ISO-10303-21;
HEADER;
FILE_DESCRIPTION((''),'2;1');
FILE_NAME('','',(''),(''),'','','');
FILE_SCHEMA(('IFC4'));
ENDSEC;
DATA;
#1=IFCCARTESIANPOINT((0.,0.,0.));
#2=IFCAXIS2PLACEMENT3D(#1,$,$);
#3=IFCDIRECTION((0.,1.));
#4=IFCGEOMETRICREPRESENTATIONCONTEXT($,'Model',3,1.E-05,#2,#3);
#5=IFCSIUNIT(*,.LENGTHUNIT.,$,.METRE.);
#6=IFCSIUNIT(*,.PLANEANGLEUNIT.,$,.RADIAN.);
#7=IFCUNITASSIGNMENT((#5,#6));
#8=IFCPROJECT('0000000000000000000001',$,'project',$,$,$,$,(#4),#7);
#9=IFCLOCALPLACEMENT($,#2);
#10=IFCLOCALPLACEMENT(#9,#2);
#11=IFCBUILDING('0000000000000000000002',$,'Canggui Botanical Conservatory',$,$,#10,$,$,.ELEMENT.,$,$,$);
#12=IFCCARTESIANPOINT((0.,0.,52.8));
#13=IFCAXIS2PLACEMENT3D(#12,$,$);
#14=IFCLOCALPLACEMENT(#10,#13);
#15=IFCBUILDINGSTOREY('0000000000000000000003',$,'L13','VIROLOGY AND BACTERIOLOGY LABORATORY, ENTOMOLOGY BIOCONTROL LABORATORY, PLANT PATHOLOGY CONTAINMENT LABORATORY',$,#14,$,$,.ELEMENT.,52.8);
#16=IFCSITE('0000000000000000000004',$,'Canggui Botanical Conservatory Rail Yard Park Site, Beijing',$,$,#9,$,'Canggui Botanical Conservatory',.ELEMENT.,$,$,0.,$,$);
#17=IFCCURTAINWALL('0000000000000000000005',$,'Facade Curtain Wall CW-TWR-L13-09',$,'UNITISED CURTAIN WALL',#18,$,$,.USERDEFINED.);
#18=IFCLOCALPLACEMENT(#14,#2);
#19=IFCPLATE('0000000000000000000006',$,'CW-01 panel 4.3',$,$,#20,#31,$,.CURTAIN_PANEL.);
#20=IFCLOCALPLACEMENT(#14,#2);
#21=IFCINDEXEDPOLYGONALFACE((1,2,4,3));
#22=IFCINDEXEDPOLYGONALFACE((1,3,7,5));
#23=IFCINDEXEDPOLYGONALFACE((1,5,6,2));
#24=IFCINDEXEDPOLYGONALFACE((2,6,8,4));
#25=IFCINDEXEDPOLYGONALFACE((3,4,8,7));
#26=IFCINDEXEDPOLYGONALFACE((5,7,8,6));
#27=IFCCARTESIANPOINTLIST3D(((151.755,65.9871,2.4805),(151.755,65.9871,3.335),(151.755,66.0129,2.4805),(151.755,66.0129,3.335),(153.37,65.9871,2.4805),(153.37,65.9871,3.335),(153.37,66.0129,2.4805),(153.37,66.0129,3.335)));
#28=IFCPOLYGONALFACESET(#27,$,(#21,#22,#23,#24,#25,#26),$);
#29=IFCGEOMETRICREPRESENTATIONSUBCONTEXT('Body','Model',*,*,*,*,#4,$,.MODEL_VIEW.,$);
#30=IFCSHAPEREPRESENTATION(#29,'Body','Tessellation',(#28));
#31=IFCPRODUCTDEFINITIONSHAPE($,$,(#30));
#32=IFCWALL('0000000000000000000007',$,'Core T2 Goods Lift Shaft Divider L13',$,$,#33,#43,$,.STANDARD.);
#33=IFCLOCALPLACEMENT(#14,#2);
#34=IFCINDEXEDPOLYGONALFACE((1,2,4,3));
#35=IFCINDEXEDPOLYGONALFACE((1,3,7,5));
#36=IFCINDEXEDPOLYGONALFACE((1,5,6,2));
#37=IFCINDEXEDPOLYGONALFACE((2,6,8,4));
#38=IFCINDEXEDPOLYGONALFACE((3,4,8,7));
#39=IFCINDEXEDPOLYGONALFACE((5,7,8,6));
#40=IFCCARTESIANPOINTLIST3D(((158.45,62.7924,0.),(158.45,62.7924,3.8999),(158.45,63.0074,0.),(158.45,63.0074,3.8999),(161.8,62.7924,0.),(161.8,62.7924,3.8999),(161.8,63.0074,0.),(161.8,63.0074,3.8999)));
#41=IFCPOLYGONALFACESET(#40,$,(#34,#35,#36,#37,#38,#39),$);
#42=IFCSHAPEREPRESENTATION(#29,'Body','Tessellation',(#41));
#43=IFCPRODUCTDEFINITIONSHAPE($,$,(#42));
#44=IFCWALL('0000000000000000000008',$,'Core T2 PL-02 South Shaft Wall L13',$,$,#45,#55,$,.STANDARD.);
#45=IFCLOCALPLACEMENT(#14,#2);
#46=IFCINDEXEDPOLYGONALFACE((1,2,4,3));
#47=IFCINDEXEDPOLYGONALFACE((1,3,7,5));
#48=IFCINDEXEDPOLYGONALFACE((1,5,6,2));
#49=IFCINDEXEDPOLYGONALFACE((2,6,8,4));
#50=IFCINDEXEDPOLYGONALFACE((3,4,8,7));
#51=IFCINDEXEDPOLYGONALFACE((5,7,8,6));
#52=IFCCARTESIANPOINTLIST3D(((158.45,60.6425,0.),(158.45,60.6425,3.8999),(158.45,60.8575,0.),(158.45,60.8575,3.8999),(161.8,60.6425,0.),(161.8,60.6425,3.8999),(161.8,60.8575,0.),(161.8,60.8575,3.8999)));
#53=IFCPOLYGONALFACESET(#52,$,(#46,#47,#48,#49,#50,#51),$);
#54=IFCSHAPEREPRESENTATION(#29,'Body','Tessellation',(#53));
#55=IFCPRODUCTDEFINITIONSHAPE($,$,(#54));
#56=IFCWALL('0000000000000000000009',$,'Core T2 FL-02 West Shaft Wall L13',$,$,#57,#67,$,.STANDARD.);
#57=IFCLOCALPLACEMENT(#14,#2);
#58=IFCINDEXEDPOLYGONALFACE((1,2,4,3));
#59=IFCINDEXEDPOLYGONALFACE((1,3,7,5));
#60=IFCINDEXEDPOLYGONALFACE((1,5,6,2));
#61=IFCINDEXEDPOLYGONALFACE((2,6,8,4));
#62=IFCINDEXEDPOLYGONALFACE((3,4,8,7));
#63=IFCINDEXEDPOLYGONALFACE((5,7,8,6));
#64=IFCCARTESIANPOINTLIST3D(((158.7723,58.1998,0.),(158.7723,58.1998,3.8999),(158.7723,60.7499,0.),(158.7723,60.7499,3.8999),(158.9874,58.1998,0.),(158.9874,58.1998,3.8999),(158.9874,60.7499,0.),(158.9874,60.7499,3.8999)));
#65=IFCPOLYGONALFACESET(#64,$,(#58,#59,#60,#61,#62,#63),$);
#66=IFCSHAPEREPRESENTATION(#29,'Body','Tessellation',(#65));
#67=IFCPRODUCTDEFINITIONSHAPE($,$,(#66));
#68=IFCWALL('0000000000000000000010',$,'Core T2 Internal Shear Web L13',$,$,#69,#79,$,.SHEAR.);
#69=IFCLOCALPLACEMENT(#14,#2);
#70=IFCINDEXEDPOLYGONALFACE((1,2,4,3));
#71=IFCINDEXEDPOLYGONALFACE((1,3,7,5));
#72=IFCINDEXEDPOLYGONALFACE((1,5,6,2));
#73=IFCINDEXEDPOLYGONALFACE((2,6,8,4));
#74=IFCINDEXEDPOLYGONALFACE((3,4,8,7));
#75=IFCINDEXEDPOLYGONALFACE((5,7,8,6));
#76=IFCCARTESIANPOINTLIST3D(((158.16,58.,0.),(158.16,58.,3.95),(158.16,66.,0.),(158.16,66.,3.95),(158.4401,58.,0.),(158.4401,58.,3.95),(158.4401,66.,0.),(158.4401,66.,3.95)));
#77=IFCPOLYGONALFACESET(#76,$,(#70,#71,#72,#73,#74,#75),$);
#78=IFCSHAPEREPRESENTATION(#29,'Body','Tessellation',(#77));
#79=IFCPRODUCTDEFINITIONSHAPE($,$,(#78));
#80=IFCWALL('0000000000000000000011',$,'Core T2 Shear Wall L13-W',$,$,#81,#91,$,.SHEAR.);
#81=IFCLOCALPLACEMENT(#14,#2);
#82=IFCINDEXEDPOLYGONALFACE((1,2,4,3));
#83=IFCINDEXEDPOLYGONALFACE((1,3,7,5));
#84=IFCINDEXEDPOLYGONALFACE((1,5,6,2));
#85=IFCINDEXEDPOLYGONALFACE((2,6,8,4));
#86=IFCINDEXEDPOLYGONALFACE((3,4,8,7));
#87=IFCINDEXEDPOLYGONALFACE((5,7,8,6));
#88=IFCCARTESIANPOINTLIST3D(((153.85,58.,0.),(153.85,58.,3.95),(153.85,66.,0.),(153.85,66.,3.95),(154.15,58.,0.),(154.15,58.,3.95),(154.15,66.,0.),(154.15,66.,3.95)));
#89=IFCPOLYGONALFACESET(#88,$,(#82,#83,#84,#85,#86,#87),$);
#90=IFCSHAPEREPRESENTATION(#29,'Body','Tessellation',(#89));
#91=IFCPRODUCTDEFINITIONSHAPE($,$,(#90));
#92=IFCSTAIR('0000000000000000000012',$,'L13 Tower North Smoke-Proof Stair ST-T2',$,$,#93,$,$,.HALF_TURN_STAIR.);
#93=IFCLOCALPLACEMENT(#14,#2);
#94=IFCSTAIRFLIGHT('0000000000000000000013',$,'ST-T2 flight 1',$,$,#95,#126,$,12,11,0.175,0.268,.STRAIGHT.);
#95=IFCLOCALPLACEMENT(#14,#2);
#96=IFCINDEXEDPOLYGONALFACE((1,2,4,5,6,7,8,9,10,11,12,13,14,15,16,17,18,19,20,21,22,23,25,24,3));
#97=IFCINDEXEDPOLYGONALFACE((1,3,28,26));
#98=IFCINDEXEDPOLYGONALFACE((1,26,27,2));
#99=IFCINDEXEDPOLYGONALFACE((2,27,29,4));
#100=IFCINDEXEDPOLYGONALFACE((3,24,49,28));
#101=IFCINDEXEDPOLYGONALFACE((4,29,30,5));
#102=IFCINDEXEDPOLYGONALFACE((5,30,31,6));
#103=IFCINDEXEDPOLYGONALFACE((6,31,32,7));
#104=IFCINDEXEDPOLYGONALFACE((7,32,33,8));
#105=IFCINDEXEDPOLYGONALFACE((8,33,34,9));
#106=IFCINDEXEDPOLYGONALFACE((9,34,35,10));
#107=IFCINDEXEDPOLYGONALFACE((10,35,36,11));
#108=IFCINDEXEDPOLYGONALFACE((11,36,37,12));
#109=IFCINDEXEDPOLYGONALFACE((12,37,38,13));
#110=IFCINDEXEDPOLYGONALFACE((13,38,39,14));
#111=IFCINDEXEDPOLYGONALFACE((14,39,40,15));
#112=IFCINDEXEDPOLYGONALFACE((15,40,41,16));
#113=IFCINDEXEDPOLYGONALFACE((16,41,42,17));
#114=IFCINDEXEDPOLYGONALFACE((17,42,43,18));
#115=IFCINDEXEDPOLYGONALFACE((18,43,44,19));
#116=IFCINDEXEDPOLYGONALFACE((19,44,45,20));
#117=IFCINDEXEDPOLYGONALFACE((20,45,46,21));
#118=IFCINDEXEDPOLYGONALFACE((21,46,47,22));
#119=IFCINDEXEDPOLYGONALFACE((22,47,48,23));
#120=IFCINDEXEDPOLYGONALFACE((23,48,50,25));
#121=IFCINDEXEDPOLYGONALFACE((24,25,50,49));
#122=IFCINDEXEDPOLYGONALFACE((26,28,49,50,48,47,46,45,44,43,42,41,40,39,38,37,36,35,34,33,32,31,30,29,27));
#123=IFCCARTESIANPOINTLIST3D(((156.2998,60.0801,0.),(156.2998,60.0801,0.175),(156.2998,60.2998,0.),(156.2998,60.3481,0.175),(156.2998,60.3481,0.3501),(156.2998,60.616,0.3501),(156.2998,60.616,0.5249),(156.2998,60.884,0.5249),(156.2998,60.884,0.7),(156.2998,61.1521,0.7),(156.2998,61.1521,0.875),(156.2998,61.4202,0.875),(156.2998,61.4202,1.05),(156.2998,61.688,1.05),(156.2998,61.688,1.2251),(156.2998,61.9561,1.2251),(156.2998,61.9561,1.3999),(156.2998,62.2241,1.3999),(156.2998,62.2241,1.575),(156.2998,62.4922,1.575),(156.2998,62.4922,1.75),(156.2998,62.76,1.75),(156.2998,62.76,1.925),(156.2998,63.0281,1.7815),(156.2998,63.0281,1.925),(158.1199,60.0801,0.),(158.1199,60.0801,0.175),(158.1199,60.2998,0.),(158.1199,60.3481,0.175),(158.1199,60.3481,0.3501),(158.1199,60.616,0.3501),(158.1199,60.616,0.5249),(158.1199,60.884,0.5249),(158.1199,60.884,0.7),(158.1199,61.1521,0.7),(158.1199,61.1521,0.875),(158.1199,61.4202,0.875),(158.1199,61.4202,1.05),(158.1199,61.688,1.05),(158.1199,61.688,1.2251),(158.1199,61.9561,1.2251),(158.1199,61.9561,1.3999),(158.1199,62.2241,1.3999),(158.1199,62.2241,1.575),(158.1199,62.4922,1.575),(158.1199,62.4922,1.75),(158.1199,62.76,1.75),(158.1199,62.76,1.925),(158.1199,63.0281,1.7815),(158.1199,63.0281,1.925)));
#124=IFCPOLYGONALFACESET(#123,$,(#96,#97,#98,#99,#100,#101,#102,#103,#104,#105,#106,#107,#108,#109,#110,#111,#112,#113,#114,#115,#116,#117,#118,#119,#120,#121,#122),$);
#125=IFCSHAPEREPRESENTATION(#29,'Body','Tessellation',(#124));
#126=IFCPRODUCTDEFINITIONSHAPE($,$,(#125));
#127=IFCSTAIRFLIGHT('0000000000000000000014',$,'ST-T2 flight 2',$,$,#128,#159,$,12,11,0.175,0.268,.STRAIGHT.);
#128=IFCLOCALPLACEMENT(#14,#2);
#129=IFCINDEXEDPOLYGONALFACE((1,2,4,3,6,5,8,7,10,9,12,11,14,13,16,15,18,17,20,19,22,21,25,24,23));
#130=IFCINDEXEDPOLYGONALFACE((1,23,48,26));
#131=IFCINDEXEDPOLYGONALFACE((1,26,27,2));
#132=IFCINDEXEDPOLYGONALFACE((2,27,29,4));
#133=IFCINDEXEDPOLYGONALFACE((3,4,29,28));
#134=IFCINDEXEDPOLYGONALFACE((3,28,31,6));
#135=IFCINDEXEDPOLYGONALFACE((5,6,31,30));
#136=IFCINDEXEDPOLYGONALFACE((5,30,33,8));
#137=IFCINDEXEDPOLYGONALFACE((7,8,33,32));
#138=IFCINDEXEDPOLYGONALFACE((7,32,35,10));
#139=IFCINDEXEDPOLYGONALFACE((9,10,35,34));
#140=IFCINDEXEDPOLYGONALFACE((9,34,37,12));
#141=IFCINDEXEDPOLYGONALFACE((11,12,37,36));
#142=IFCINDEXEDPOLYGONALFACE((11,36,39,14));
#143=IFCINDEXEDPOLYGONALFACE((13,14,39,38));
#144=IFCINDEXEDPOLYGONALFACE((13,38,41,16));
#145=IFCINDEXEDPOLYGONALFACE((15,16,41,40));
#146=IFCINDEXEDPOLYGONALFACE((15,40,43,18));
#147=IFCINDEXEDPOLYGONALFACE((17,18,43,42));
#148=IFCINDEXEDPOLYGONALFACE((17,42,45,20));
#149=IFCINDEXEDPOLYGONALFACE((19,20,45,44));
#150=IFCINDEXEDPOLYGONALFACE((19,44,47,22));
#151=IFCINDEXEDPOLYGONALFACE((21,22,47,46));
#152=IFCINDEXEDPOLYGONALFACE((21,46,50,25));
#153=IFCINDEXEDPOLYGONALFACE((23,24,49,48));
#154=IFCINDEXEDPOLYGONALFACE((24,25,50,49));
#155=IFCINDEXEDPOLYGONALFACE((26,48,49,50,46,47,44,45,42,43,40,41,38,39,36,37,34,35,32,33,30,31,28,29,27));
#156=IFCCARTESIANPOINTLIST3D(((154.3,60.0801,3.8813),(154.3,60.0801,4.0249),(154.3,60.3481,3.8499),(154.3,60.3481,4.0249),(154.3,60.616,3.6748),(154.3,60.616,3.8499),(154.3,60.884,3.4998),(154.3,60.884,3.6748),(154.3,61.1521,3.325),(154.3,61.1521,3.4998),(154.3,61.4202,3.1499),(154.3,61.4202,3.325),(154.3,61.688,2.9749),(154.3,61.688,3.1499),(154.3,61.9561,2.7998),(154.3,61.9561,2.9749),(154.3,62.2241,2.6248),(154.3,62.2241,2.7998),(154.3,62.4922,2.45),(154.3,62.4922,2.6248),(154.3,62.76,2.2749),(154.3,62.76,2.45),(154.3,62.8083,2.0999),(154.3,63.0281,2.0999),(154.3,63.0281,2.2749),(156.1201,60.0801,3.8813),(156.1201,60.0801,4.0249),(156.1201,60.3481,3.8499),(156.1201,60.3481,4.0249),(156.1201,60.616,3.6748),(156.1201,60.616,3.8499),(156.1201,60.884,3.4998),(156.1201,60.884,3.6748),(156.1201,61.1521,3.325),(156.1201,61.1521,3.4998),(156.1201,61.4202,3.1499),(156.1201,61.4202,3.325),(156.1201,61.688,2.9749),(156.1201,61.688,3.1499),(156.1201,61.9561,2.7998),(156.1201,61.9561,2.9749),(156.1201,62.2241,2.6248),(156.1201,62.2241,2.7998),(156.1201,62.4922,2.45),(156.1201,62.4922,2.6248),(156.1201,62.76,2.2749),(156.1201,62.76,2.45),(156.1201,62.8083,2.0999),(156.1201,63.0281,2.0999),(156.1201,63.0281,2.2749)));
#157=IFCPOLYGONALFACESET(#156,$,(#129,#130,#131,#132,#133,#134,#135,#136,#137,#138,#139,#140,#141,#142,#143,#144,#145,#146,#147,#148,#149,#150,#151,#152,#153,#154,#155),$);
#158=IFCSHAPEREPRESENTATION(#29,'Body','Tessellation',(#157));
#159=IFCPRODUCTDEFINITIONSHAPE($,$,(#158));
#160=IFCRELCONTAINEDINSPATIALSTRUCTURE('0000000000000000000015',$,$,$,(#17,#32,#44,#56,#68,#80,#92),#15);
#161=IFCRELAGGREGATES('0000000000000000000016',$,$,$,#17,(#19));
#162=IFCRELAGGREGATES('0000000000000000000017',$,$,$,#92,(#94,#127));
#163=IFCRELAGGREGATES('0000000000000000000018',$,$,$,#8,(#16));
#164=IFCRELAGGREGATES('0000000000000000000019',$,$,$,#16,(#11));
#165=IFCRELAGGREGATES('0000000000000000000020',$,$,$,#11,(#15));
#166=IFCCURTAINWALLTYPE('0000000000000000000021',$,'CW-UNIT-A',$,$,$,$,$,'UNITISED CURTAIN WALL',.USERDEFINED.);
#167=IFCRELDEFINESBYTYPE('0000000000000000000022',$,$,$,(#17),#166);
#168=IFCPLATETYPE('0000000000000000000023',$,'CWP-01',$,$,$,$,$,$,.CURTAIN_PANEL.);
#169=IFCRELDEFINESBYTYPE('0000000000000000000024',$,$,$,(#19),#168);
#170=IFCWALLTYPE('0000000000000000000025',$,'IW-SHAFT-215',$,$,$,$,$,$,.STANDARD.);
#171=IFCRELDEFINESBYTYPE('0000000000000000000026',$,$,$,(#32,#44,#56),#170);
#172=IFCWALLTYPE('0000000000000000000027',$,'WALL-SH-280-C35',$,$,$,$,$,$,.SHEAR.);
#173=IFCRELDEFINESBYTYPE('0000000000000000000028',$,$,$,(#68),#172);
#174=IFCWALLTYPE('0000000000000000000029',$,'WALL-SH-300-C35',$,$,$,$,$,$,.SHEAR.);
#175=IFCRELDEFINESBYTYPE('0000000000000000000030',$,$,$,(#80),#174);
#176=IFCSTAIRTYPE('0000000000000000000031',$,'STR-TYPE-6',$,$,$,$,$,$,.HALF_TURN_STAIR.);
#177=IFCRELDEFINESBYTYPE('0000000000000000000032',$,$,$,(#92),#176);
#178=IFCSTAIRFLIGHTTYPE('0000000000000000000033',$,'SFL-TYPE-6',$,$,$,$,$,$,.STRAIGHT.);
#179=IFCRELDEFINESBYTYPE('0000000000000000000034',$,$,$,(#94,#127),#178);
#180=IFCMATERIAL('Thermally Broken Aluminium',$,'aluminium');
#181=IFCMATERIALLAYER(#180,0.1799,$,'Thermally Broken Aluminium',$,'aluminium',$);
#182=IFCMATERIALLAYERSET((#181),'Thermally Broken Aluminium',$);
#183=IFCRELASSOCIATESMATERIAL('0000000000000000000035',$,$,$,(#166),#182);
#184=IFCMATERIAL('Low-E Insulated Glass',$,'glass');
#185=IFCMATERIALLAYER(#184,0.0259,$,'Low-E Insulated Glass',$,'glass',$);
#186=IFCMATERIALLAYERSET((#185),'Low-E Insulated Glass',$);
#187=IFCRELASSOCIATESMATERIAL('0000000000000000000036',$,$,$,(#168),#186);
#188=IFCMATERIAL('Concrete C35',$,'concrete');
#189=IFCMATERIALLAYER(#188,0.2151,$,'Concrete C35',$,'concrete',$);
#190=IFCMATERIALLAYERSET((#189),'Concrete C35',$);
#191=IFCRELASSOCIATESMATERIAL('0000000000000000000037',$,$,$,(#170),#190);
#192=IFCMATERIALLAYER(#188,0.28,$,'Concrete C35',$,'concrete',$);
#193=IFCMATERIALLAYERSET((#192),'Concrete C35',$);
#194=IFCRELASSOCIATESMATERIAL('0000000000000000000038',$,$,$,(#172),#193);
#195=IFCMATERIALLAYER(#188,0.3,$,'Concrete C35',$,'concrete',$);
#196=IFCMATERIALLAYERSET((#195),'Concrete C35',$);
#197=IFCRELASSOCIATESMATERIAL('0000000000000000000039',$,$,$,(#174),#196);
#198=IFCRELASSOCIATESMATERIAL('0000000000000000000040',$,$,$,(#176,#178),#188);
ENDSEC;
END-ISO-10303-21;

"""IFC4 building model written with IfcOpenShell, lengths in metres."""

from ifc_helpers import new_model, si_unit, direction, frame, frame_2d, origin, origin_2d, place, context, subcontext, project, spatial, polyline, rectangle, outline, extrude, material, layer, layer_set, type_object, element, aggregate, save


model = new_model("IFC4")

# Units and contexts
model_context = context("Model", 3, precision=1e-05, world=origin(), true_north=direction((0.0, 1.0)))
body_context = subcontext(model_context, "Body", "Model", "MODEL_VIEW")
ifc_project = project(units=[si_unit("LENGTHUNIT", "METRE"), si_unit("PLANEANGLEUNIT", "RADIAN")], contexts=[model_context])

# Site, building, storey
site_placement = place(None, origin())
site = spatial("IfcSite", under=ifc_project, at=site_placement, Name="Canggui Botanical Conservatory Rail Yard Park Site, Beijing", LongName="Canggui Botanical Conservatory", CompositionType="ELEMENT", RefElevation=0.0)
building_placement = place(site_placement, origin())
building = spatial("IfcBuilding", under=site, at=building_placement, Name="Canggui Botanical Conservatory", CompositionType="ELEMENT")
storey_placement = place(building_placement, frame((0.0, 0.0, 52.8)))
storey = spatial("IfcBuildingStorey", under=building, at=storey_placement, Name="L13", Description="VIROLOGY AND BACTERIOLOGY LABORATORY, ENTOMOLOGY BIOCONTROL LABORATORY, PLANT PATHOLOGY CONTAINMENT LABORATORY", CompositionType="ELEMENT", Elevation=52.8)

# Shared definitions
ifc_material_1 = material(Name="Concrete C35", Category="concrete")

# Curtain wall, plate
ifc_material_2 = material(Name="Thermally Broken Aluminium", Category="aluminium")
ifc_layer_1 = layer(ifc_material_2, 0.1799, Name="Thermally Broken Aluminium", Category="aluminium")
ifc_layer_set_1 = layer_set([ifc_layer_1], Name="Thermally Broken Aluminium")
curtain_wall_type = type_object("IfcCurtainWallType", Name="CW-UNIT-A", ElementType="UNITISED CURTAIN WALL", PredefinedType="USERDEFINED", material=ifc_layer_set_1)
curtain_wall_placement = place(storey_placement, origin())
curtain_wall = element("IfcCurtainWall", 1, at=curtain_wall_placement, inside=storey, type_object=curtain_wall_type, Name="Facade Curtain Wall CW-TWR-L13-09", ObjectType="UNITISED CURTAIN WALL", PredefinedType="USERDEFINED")
ifc_material_3 = material(Name="Low-E Insulated Glass", Category="glass")
ifc_layer_2 = layer(ifc_material_3, 0.0259, Name="Low-E Insulated Glass", Category="glass")
ifc_layer_set_2 = layer_set([ifc_layer_2], Name="Low-E Insulated Glass")
plate_type = type_object("IfcPlateType", Name="CWP-01", PredefinedType="CURTAIN_PANEL", material=ifc_layer_set_2)
plate_1_placement = place(storey_placement, frame((152.5625, 66.0, 2.4805), z_axis=(0.0, 0.0, 1.0), x_axis=(1.0, 0.0, 0.0)))
plate_1 = element("IfcPlate", 2, at=plate_1_placement, type_object=plate_type, Name="CW-01 panel 4.3", PredefinedType="CURTAIN_PANEL", context=body_context, shape_type="SweptSolid", body=[
    extrude(rectangle(XDim=1.615, YDim=0.0259, at=origin_2d()), origin(), (0.0, 0.0, 1.0), 0.8545),
])
aggregate(curtain_wall, [plate_1])

# Walls
ifc_layer_3 = layer(ifc_material_1, 0.2151, Name="Concrete C35", Category="concrete")
ifc_layer_set_3 = layer_set([ifc_layer_3], Name="Concrete C35")
wall_type_1 = type_object("IfcWallType", Name="IW-SHAFT-215", PredefinedType="STANDARD", material=ifc_layer_set_3)
for number, where, z_axis, x_axis, name in (
    (3, (158.45, 62.8999, 0.0), (0.0, 0.0, 1.0), (1.0, 0.0, 0.0), "Core T2 Goods Lift Shaft Divider L13"),
    (4, (158.45, 60.75, 0.0), (0.0, 0.0, 1.0), (1.0, 0.0, 0.0), "Core T2 PL-02 South Shaft Wall L13"),
):
    element("IfcWall", number, at=place(storey_placement, frame(where, z_axis=z_axis, x_axis=x_axis)), inside=storey, type_object=wall_type_1, Name=name, PredefinedType="STANDARD", context=body_context, shape_type="SweptSolid", body=[
        extrude(rectangle(XDim=3.3501, YDim=0.2151, at=frame_2d((1.675, 0.0))), origin(), (0.0, 0.0, 1.0), 3.8999),
    ])
wall_1_placement = place(storey_placement, frame((158.8799, 58.2, 0.0), z_axis=(0.0, 0.0, 1.0), x_axis=(0.0, 1.0, 0.0)))
element("IfcWall", 5, at=wall_1_placement, inside=storey, type_object=wall_type_1, Name="Core T2 FL-02 West Shaft Wall L13", PredefinedType="STANDARD", context=body_context, shape_type="SweptSolid", body=[
    extrude(rectangle(XDim=2.55, YDim=0.2151, at=frame_2d((1.2749, 0.0))), origin(), (0.0, 0.0, 1.0), 3.8999),
])
ifc_layer_4 = layer(ifc_material_1, 0.28, Name="Concrete C35", Category="concrete")
ifc_layer_set_4 = layer_set([ifc_layer_4], Name="Concrete C35")
wall_type_2 = type_object("IfcWallType", Name="WALL-SH-280-C35", PredefinedType="SHEAR", material=ifc_layer_set_4)
wall_2_placement = place(storey_placement, frame((158.3, 58.0, 0.0), z_axis=(0.0, 0.0, 1.0), x_axis=(0.0, 1.0, 0.0)))
element("IfcWall", 6, at=wall_2_placement, inside=storey, type_object=wall_type_2, Name="Core T2 Internal Shear Web L13", PredefinedType="SHEAR", context=body_context, shape_type="SweptSolid", body=[
    extrude(rectangle(XDim=8.0, YDim=0.28, at=frame_2d((4.0, 0.0))), origin(), (0.0, 0.0, 1.0), 3.95),
])
ifc_layer_5 = layer(ifc_material_1, 0.3, Name="Concrete C35", Category="concrete")
ifc_layer_set_5 = layer_set([ifc_layer_5], Name="Concrete C35")
wall_type_3 = type_object("IfcWallType", Name="WALL-SH-300-C35", PredefinedType="SHEAR", material=ifc_layer_set_5)
wall_3_placement = place(storey_placement, frame((154.0, 66.0, 0.0), z_axis=(0.0, 0.0, 1.0), x_axis=(0.0, -1.0, 0.0)))
element("IfcWall", 7, at=wall_3_placement, inside=storey, type_object=wall_type_3, Name="Core T2 Shear Wall L13-W", PredefinedType="SHEAR", context=body_context, shape_type="SweptSolid", body=[
    extrude(rectangle(XDim=8.0, YDim=0.3, at=frame_2d((4.0, 0.0))), origin(), (0.0, 0.0, 1.0), 3.95),
])

# Stair, stair flights
stair_type = type_object("IfcStairType", Name="STR-TYPE-6", PredefinedType="HALF_TURN_STAIR", material=ifc_material_1)
stair_placement = place(storey_placement, origin())
stair = element("IfcStair", 8, at=stair_placement, inside=storey, type_object=stair_type, Name="L13 Tower North Smoke-Proof Stair ST-T2", PredefinedType="HALF_TURN_STAIR")
stair_flight_type = type_object("IfcStairFlightType", Name="SFL-TYPE-6", PredefinedType="STRAIGHT", material=ifc_material_1)
stair_flight_1_placement = place(storey_placement, frame((157.21, 60.0801, 0.0), z_axis=(0.0, 0.0, 1.0), x_axis=(0.0, 1.0, 0.0)))
stair_flight_1 = element("IfcStairFlight", 9, at=stair_flight_1_placement, type_object=stair_flight_type, Name="ST-T2 flight 1", NumberOfRisers=12, NumberOfTreads=11, PredefinedType="STRAIGHT", RiserHeight=0.175, TreadLength=0.268, context=body_context, shape_type="SweptSolid", body=[
    extrude(outline(polyline([(0.0, 0.0), (0.0, 0.175), (0.2681, 0.175), (0.2681, 0.3501), (0.5359, 0.3501), (0.5359, 0.5249), (0.804, 0.5249), (0.804, 0.7), (1.072, 0.7), (1.072, 0.875), (1.3401, 0.875), (1.3401, 1.05), (1.6079, 1.05), (1.6079, 1.2251), (1.876, 1.2251), (1.876, 1.3999), (2.144, 1.3999), (2.144, 1.575), (2.4121, 1.575), (2.4121, 1.75), (2.6799, 1.75), (2.6799, 1.925), (2.948, 1.925), (2.948, 2.1001), (2.948, 1.7815), (0.2197, 0.0), (0.0, 0.0)])), frame((0.0, 0.9102, 0.0), z_axis=(0.0, -1.0, 0.0), x_axis=(1.0, 0.0, 0.0)), (0.0, 0.0, 1.0), 1.8201),
])
stair_flight_2_placement = place(storey_placement, frame((155.21, 63.0281, 2.0999), z_axis=(0.0, 0.0, 1.0), x_axis=(0.0, -1.0, 0.0)))
stair_flight_2 = element("IfcStairFlight", 10, at=stair_flight_2_placement, type_object=stair_flight_type, Name="ST-T2 flight 2", NumberOfRisers=12, NumberOfTreads=11, PredefinedType="STRAIGHT", RiserHeight=0.175, TreadLength=0.268, context=body_context, shape_type="SweptSolid", body=[
    extrude(outline(polyline([(0.0, 0.0), (0.0, 0.175), (0.2681, 0.175), (0.2681, 0.3501), (0.5359, 0.3501), (0.5359, 0.5249), (0.804, 0.5249), (0.804, 0.7), (1.072, 0.7), (1.072, 0.875), (1.3401, 0.875), (1.3401, 1.05), (1.6079, 1.05), (1.6079, 1.2251), (1.876, 1.2251), (1.876, 1.3999), (2.144, 1.3999), (2.144, 1.575), (2.4121, 1.575), (2.4121, 1.75), (2.6799, 1.75), (2.6799, 1.925), (2.948, 1.925), (2.948, 2.1001), (2.948, 1.7815), (0.2197, 0.0), (0.0, 0.0)])), frame((0.0, 0.9102, 0.0), z_axis=(0.0, -1.0, 0.0), x_axis=(1.0, 0.0, 0.0)), (0.0, 0.0, 1.0), 1.8201),
])
aggregate(stair, [stair_flight_1, stair_flight_2])

save(model, "model.ifc")
